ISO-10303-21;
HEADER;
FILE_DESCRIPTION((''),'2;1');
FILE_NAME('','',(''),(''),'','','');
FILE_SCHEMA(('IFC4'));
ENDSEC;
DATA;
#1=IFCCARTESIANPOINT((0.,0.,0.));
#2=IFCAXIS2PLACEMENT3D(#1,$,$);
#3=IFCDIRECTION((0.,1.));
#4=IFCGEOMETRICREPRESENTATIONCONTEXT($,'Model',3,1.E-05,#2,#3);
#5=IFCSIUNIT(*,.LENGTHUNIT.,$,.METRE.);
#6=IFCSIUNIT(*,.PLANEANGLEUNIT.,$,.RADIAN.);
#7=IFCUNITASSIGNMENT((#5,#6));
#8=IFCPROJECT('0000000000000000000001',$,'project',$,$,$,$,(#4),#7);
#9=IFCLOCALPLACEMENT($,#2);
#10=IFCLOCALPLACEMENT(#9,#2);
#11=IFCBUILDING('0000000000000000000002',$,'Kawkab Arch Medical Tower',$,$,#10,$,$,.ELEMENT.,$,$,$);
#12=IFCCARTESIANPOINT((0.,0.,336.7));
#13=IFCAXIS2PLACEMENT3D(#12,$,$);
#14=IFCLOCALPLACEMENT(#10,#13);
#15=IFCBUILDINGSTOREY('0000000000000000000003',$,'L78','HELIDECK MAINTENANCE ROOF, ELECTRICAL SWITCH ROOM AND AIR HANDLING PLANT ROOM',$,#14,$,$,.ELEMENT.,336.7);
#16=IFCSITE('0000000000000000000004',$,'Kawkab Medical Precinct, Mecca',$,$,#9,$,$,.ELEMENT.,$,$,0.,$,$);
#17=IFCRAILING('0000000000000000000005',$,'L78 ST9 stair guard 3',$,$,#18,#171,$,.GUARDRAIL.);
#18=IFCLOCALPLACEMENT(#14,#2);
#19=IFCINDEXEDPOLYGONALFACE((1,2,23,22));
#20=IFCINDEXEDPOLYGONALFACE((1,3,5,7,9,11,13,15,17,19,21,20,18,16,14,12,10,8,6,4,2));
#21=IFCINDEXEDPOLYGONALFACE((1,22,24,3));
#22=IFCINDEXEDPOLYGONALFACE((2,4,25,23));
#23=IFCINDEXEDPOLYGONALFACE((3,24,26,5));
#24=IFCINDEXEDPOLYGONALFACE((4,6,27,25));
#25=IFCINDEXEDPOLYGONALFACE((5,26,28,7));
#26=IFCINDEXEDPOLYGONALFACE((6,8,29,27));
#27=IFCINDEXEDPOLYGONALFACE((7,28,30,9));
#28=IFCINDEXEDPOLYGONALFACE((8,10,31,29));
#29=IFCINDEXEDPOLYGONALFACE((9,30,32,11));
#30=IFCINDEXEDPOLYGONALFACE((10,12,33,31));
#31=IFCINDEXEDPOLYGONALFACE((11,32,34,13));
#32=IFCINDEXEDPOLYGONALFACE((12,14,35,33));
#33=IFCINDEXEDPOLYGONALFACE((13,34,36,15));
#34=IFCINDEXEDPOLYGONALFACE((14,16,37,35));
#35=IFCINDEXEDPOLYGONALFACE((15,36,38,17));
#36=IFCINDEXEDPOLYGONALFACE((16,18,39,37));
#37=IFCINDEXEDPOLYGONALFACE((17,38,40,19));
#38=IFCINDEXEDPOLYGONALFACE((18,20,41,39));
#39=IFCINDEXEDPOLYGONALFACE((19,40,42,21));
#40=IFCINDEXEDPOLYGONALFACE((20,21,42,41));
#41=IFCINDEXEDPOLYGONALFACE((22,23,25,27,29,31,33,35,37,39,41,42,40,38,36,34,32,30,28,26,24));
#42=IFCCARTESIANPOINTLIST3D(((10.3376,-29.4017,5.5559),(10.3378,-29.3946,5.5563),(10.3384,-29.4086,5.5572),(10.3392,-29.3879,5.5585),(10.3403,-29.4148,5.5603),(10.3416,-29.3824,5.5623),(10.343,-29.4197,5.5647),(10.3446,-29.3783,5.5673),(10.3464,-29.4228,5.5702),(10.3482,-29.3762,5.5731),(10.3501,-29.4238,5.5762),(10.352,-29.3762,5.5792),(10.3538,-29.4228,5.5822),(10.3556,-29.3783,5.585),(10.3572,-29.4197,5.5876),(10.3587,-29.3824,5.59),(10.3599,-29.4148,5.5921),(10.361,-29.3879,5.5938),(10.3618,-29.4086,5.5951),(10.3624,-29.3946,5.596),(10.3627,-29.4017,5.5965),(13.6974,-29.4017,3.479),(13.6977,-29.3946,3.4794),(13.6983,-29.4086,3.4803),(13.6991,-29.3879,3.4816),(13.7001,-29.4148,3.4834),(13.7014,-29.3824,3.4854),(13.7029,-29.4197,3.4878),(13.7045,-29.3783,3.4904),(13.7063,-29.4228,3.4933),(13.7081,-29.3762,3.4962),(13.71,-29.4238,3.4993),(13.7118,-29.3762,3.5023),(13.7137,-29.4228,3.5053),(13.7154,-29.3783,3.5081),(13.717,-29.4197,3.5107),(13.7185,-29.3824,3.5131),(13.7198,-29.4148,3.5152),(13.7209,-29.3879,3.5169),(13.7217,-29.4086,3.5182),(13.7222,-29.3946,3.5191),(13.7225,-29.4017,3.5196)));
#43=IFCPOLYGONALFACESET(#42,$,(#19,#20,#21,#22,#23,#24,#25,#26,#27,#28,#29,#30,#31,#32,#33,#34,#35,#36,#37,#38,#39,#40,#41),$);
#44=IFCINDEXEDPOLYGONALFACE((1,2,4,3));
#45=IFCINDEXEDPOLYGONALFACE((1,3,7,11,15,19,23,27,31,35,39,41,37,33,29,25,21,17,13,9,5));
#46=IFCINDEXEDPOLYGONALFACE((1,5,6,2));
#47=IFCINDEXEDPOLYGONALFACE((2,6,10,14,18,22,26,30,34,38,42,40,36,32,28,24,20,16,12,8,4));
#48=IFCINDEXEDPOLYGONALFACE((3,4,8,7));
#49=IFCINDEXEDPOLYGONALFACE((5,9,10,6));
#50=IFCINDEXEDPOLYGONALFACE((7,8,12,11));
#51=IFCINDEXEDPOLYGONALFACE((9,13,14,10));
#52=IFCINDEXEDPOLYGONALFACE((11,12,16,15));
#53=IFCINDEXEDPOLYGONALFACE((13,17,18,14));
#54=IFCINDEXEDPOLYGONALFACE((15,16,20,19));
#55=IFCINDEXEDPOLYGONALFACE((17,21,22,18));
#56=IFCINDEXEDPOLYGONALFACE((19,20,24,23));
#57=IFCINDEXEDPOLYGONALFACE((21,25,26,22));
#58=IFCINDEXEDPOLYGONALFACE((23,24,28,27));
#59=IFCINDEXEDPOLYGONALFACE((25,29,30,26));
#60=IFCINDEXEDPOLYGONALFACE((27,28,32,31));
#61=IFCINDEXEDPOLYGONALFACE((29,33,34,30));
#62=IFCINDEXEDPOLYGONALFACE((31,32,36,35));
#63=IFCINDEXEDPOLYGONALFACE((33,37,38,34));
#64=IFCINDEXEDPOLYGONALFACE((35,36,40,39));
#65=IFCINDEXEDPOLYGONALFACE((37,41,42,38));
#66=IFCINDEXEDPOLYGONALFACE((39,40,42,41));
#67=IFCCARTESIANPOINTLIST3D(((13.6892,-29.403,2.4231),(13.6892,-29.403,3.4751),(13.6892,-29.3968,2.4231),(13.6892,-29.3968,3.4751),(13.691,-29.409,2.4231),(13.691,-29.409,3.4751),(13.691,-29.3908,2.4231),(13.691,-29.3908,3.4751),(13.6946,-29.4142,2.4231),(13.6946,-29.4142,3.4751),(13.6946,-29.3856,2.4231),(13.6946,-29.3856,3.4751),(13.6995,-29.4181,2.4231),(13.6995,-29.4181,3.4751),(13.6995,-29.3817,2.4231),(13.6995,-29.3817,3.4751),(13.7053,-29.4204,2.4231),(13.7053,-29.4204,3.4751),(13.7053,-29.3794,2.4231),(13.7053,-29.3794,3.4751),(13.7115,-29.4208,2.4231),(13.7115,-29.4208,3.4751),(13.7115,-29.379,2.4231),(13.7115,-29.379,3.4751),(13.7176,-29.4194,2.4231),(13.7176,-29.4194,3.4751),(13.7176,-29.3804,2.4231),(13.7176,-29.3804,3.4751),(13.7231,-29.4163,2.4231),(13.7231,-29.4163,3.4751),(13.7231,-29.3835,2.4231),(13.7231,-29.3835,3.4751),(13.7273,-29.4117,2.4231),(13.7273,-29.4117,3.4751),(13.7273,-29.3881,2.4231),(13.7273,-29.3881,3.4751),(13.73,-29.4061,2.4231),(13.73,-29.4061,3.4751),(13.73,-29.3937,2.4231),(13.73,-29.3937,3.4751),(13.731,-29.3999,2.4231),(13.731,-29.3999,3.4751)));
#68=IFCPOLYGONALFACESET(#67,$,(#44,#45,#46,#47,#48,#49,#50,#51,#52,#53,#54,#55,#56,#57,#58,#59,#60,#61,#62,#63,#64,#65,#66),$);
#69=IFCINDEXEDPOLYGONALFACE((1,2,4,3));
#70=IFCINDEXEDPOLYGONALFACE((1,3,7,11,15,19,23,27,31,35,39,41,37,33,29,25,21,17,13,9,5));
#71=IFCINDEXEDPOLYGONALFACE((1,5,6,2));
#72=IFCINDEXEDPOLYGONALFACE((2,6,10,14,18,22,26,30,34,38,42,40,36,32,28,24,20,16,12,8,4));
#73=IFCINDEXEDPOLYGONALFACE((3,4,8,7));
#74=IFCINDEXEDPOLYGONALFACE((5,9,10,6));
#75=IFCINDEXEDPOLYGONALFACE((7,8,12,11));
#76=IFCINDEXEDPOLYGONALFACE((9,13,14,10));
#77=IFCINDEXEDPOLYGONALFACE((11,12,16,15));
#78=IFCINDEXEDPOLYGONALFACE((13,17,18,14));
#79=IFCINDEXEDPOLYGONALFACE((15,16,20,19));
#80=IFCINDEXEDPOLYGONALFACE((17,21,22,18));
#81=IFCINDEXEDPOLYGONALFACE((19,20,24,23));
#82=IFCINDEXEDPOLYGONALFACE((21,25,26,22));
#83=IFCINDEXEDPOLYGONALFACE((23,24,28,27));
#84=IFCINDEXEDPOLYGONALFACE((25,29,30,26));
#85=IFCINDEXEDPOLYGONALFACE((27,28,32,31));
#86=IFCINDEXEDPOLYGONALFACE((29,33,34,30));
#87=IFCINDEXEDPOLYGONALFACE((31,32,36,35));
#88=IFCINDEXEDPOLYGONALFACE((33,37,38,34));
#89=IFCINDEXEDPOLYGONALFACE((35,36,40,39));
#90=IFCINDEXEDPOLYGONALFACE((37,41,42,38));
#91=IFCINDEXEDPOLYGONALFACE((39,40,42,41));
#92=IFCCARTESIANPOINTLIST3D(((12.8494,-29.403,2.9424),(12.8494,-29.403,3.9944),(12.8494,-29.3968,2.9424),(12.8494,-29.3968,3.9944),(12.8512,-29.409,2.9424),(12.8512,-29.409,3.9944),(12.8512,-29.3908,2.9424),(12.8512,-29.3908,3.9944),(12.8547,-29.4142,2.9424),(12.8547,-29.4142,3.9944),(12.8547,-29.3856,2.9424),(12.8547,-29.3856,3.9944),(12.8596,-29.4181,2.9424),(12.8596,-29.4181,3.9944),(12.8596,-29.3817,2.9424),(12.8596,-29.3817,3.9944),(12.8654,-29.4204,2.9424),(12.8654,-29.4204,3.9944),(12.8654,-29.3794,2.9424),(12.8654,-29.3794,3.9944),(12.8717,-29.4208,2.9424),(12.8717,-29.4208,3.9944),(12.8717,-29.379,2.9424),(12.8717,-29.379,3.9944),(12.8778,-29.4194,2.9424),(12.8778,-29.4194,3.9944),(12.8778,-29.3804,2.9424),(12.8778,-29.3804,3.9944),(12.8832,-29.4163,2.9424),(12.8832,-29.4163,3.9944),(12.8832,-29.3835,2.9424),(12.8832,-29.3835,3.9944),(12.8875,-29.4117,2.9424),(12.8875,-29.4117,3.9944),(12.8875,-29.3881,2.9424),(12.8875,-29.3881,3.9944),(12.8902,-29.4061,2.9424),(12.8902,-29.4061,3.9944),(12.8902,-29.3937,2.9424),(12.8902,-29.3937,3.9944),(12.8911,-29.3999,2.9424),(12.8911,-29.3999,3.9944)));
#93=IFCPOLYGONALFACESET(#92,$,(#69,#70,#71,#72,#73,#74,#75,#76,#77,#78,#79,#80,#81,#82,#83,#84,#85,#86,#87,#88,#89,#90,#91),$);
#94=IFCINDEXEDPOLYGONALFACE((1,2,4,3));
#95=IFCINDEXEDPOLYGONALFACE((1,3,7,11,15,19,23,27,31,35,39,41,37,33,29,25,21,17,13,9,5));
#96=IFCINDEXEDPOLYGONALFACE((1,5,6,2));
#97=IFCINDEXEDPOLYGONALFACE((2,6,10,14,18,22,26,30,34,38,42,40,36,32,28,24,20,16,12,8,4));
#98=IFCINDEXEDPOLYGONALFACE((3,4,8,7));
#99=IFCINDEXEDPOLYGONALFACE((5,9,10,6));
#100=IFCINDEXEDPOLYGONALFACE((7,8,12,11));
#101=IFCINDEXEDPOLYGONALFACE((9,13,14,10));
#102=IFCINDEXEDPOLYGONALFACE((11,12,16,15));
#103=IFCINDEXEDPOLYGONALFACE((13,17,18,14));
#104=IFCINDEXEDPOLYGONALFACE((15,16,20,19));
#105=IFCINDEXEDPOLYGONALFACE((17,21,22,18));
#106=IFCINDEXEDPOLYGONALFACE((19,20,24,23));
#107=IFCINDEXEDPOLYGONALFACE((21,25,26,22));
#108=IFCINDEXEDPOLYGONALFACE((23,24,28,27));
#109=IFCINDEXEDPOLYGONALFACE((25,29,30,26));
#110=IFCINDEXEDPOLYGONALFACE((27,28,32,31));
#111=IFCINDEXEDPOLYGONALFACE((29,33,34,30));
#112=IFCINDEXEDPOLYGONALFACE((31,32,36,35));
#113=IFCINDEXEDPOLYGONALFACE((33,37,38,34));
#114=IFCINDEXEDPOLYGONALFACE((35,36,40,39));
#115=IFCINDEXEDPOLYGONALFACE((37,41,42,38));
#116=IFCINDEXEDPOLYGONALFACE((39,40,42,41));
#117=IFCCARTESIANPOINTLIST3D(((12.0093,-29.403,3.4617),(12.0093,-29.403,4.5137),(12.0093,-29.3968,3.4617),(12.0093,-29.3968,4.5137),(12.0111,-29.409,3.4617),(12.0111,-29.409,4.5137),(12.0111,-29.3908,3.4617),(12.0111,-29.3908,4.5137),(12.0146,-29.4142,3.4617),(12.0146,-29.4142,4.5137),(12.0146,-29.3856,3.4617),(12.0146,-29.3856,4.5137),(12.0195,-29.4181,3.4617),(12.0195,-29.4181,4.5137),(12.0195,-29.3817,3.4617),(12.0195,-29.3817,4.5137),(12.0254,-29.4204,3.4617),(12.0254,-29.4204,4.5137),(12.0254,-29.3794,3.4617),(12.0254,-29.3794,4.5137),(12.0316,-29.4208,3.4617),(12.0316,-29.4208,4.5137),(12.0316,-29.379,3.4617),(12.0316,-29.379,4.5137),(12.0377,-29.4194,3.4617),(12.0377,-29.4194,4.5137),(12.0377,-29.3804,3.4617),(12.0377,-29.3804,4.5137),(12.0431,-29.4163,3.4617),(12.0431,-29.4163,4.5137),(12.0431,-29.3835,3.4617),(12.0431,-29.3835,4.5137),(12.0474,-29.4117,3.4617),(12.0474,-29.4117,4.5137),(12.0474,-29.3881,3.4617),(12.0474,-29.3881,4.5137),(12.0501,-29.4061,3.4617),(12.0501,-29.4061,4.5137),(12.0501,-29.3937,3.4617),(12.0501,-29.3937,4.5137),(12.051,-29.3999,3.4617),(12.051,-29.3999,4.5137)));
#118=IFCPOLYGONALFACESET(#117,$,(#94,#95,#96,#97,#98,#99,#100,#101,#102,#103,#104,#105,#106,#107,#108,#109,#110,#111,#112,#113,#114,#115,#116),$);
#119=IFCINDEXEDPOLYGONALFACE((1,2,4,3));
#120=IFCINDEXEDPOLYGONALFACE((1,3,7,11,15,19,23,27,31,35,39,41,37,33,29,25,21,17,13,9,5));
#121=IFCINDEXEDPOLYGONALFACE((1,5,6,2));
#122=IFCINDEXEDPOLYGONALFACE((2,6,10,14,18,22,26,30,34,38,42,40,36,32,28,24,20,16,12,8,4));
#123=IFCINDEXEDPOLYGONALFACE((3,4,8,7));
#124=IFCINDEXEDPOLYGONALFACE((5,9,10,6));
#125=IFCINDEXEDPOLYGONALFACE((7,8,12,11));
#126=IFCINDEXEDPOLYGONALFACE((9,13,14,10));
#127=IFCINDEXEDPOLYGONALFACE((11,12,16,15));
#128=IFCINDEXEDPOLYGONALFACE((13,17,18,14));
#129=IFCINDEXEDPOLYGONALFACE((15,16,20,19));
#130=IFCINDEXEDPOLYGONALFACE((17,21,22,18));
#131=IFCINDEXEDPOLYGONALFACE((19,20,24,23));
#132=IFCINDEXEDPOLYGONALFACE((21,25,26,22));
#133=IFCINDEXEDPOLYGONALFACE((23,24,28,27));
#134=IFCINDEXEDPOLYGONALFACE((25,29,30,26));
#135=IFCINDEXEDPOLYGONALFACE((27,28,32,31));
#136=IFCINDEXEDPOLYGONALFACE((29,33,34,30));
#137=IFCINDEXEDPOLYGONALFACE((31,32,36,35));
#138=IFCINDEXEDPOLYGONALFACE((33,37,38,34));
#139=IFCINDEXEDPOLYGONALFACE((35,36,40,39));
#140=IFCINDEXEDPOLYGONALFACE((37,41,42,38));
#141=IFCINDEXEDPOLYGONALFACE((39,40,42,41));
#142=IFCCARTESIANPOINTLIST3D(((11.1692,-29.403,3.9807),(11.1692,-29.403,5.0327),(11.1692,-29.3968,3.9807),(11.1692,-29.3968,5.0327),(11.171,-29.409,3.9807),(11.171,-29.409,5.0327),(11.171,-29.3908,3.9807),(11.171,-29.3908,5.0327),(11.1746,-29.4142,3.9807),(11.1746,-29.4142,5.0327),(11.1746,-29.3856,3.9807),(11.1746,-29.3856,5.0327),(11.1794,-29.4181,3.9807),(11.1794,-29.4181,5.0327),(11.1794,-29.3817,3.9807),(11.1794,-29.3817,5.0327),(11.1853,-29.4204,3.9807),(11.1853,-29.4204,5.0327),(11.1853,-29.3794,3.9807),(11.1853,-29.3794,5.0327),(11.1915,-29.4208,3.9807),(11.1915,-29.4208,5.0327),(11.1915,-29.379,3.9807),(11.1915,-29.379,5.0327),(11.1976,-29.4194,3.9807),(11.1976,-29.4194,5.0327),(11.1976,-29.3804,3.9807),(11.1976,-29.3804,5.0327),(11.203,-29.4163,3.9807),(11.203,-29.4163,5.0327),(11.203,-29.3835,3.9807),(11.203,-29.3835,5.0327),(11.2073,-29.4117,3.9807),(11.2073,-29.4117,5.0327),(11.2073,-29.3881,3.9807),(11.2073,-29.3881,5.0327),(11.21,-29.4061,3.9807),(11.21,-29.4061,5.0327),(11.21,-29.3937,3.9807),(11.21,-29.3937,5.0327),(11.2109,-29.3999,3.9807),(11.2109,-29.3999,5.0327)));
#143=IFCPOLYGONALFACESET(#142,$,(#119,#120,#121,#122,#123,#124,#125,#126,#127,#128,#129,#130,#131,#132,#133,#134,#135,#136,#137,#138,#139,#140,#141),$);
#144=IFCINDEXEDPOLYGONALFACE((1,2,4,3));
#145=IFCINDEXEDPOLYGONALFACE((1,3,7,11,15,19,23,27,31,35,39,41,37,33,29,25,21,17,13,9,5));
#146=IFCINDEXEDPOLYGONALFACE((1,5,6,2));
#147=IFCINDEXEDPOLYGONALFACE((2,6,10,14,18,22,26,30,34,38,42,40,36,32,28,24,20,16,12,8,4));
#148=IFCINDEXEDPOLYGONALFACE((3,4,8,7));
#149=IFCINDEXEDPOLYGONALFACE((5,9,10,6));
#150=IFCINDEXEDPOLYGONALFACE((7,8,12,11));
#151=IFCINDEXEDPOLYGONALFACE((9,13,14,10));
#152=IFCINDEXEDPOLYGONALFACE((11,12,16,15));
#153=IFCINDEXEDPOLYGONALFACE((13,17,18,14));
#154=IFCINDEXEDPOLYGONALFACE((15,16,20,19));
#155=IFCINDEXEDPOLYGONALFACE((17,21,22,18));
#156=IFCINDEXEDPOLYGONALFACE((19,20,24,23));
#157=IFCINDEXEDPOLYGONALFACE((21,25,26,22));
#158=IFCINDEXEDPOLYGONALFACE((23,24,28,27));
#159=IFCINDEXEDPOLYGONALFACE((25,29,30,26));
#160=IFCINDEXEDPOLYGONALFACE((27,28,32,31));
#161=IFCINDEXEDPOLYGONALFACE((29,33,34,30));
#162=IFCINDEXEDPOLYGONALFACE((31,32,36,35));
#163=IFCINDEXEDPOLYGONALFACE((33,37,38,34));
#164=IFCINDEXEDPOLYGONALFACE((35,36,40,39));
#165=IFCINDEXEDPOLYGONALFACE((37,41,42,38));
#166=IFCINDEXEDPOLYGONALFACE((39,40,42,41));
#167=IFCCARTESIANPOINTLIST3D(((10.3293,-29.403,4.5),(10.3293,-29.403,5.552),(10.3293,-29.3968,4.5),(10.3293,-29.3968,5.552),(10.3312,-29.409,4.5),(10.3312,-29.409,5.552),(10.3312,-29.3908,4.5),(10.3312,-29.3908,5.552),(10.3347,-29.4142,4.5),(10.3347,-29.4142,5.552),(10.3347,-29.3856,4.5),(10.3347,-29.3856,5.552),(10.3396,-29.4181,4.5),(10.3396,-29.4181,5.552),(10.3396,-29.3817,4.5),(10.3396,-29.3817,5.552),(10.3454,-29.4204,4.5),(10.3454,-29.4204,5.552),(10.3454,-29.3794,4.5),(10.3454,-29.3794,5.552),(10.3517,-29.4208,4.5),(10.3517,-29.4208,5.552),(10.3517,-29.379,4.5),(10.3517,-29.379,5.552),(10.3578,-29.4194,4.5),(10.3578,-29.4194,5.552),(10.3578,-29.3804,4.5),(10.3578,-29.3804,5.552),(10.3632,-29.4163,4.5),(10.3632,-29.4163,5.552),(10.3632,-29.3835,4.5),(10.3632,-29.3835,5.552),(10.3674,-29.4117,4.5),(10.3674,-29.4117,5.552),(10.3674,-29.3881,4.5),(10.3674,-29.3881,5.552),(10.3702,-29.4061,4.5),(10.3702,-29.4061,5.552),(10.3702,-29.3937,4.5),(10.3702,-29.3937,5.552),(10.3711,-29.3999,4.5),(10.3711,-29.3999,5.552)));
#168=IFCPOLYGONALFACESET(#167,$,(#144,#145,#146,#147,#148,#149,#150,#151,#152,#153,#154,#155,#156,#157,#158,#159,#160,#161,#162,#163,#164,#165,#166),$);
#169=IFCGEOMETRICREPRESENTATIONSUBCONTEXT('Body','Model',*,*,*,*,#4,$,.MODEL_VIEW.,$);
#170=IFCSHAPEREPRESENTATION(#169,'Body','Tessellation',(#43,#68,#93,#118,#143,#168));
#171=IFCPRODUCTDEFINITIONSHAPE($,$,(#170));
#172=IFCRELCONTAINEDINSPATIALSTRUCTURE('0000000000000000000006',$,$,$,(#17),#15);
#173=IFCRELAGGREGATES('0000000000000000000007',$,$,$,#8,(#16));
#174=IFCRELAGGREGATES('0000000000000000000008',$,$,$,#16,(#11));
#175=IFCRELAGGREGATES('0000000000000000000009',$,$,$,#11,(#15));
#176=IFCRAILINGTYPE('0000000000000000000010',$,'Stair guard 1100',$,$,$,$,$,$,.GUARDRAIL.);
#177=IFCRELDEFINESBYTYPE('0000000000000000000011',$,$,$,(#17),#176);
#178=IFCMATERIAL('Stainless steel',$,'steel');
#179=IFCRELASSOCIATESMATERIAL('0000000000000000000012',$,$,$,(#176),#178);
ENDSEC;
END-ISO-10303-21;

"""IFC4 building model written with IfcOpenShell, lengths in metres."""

from ifc_helpers import new_model, si_unit, direction, frame, origin, origin_2d, place, context, subcontext, project, spatial, circle, extrude, material, type_object, element, save


model = new_model("IFC4")

# Units and contexts
model_context = context("Model", 3, precision=1e-05, world=origin(), true_north=direction((0.0, 1.0)))
body_context = subcontext(model_context, "Body", "Model", "MODEL_VIEW")
ifc_project = project(units=[si_unit("LENGTHUNIT", "METRE"), si_unit("PLANEANGLEUNIT", "RADIAN")], contexts=[model_context])

# Site, building, storey
site_placement = place(None, origin())
site = spatial("IfcSite", under=ifc_project, at=site_placement, Name="Kawkab Medical Precinct, Mecca", CompositionType="ELEMENT", RefElevation=0.0)
building_placement = place(site_placement, origin())
building = spatial("IfcBuilding", under=site, at=building_placement, Name="Kawkab Arch Medical Tower", CompositionType="ELEMENT")
storey_placement = place(building_placement, frame((0.0, 0.0, 336.7)))
storey = spatial("IfcBuildingStorey", under=building, at=storey_placement, Name="L78", Description="HELIDECK MAINTENANCE ROOF, ELECTRICAL SWITCH ROOM AND AIR HANDLING PLANT ROOM", CompositionType="ELEMENT", Elevation=336.7)

# Railing
ifc_material_1 = material(Name="Stainless steel", Category="steel")
railing_type = type_object("IfcRailingType", Name="Stair guard 1100", PredefinedType="GUARDRAIL", material=ifc_material_1)
railing_1_placement = place(storey_placement, frame((13.71, -29.3999, 2.4231)))
element("IfcRailing", 1, at=railing_1_placement, inside=storey, type_object=railing_type, Name="L78 ST9 stair guard 3", PredefinedType="GUARDRAIL", context=body_context, shape_type="SweptSolid", body=[
    extrude(circle(Radius=0.0239, at=origin_2d()), frame((0.0, 0.0, 1.0762), z_axis=(-0.850606, 0.0, 0.525803), x_axis=(0.0, -1.0, 0.0)), (0.0, 0.0, 1.0), 3.95),
    extrude(circle(Radius=0.021, at=origin_2d()), origin(), (0.0, 0.0, 1.0), 1.052),
    extrude(circle(Radius=0.021, at=origin_2d()), frame((-0.8398, 0.0, 0.5193)), (0.0, 0.0, 1.0), 1.052),
    extrude(circle(Radius=0.021, at=origin_2d()), frame((-1.6799, 0.0, 1.0386)), (0.0, 0.0, 1.0), 1.052),
    extrude(circle(Radius=0.021, at=origin_2d()), frame((-2.52, 0.0, 1.5576)), (0.0, 0.0, 1.0), 1.052),
    extrude(circle(Radius=0.021, at=origin_2d()), frame((-3.3599, 0.0, 2.0769)), (0.0, 0.0, 1.0), 1.052),
])

save(model, "model.ifc")
